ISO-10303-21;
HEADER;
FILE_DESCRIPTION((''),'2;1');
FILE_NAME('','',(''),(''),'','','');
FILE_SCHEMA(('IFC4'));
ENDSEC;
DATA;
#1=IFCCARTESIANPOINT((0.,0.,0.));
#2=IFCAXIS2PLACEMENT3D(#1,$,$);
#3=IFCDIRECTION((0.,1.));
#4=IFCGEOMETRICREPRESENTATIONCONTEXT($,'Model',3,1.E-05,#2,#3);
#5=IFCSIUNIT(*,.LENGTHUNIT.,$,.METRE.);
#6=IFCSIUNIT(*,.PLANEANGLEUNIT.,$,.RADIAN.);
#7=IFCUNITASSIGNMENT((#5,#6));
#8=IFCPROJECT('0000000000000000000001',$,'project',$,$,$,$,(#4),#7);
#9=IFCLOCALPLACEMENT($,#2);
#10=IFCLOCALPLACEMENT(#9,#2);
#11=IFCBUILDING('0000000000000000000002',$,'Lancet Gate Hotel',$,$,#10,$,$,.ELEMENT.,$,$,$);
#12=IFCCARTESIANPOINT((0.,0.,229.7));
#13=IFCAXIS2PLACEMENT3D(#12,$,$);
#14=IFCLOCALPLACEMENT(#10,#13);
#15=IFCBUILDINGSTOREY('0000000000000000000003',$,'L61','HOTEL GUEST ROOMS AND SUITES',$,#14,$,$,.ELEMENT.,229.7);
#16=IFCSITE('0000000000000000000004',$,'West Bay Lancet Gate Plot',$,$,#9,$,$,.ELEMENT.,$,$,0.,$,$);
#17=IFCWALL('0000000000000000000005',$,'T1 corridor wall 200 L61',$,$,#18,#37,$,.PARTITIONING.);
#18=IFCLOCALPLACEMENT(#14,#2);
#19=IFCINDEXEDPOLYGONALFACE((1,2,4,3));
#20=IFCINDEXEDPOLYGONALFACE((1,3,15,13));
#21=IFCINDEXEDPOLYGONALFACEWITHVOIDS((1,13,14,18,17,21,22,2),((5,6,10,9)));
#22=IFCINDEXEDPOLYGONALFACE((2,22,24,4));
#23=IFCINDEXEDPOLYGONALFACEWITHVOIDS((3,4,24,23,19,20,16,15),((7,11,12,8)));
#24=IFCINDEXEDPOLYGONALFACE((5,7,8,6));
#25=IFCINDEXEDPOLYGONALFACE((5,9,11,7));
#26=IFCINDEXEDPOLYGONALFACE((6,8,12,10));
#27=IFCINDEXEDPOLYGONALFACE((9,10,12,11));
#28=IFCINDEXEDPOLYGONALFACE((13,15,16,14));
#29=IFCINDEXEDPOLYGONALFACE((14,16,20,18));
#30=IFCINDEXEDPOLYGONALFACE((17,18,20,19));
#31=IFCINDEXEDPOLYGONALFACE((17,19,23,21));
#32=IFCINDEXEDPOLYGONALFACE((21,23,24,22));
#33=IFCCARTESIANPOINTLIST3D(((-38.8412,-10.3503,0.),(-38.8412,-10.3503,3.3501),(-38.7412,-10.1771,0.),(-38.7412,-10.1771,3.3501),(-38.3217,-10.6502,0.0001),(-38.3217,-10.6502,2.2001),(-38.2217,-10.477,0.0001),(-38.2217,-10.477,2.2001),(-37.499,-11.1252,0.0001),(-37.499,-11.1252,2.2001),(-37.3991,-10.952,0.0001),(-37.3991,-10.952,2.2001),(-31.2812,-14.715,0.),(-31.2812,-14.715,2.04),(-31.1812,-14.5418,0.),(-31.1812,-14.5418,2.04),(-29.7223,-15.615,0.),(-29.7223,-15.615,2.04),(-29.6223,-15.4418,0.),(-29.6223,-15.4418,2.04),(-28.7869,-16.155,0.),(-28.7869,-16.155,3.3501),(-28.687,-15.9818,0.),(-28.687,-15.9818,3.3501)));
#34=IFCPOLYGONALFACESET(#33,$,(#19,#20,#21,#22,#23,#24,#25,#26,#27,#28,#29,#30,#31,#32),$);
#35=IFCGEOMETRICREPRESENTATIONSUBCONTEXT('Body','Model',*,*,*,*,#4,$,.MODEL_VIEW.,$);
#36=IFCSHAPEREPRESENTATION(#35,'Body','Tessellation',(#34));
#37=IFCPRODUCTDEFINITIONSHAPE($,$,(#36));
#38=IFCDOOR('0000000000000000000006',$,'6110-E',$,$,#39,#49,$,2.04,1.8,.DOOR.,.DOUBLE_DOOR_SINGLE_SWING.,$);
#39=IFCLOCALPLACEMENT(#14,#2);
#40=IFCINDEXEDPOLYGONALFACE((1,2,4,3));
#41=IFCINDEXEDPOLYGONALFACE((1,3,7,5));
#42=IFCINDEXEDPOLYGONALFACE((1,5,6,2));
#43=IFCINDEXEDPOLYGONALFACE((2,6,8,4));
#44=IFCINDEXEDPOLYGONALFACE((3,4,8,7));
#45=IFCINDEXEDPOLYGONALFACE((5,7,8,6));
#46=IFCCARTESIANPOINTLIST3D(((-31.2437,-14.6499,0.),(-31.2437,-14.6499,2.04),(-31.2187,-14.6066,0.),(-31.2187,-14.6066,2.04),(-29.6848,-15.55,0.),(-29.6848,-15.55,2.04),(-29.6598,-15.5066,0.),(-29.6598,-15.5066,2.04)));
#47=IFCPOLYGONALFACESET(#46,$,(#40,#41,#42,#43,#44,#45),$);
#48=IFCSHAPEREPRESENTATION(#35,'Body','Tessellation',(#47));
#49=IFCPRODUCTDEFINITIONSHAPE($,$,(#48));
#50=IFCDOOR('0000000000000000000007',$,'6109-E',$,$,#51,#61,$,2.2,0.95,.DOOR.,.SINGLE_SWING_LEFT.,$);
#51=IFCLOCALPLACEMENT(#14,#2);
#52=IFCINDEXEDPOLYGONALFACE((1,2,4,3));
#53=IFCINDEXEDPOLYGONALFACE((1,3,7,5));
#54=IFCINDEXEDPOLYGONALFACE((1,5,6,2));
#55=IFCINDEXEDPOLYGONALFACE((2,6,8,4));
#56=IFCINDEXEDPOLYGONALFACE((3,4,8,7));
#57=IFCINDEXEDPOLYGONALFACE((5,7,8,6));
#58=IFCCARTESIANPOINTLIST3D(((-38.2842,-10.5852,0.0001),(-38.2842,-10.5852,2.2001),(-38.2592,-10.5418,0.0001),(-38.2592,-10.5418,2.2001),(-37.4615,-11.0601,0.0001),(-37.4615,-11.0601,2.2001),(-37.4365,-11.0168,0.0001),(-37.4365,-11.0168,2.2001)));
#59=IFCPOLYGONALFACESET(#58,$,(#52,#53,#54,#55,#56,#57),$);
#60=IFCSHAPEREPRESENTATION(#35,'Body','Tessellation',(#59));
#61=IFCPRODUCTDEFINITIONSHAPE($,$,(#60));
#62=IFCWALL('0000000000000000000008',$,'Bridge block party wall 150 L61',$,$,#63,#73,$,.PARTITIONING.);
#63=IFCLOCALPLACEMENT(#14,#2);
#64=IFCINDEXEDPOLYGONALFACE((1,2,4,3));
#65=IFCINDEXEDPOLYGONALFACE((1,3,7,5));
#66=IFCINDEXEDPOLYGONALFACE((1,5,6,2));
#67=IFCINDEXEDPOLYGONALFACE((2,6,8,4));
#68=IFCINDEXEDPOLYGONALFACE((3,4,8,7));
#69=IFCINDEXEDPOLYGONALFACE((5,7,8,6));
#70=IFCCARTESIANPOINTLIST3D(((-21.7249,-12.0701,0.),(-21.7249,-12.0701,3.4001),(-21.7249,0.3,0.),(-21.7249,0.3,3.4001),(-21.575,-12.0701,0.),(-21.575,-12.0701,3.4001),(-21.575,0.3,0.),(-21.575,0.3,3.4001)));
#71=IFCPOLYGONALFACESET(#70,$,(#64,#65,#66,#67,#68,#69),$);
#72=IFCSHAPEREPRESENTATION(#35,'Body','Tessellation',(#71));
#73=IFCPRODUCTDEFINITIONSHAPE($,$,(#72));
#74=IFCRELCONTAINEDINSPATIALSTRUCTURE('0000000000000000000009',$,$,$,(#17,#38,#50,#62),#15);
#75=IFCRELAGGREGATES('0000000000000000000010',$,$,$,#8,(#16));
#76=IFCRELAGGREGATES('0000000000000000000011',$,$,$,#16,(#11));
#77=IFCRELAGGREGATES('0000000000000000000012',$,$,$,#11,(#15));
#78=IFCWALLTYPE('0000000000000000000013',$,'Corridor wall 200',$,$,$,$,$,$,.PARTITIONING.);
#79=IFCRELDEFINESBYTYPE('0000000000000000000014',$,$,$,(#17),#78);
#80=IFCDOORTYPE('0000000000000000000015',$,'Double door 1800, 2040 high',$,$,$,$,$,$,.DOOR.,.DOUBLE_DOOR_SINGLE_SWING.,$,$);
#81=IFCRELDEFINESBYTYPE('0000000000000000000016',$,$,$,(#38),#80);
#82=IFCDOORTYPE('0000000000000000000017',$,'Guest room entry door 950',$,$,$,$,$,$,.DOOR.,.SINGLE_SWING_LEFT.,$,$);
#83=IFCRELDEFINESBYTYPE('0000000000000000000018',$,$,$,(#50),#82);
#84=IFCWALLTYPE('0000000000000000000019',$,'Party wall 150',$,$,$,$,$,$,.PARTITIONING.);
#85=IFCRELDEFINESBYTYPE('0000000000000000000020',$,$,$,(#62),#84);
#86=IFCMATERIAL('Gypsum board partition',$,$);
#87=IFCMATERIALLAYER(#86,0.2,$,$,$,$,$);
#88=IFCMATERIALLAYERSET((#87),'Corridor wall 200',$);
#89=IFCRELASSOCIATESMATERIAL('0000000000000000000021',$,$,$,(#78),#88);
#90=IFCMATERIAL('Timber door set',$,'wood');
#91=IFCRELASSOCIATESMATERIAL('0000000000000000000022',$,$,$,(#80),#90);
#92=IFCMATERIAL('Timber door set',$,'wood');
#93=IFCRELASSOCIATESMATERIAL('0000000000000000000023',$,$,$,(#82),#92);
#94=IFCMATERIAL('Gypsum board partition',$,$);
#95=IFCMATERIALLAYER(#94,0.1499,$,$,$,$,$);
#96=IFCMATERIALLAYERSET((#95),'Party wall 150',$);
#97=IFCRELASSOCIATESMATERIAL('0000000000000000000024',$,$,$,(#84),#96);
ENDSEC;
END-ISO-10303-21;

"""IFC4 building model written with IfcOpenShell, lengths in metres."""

from ifc_helpers import new_model, si_unit, direction, frame, frame_2d, origin, place, context, subcontext, project, spatial, rectangle, extrude, material, layer, layer_set, type_object, element, fill, save


model = new_model("IFC4")

# Units and contexts
model_context = context("Model", 3, precision=1e-05, world=origin(), true_north=direction((0.0, 1.0)))
body_context = subcontext(model_context, "Body", "Model", "MODEL_VIEW")
ifc_project = project(units=[si_unit("LENGTHUNIT", "METRE"), si_unit("PLANEANGLEUNIT", "RADIAN")], contexts=[model_context])

# Site, building, storey
site_placement = place(None, origin())
site = spatial("IfcSite", under=ifc_project, at=site_placement, Name="West Bay Lancet Gate Plot", CompositionType="ELEMENT", RefElevation=0.0)
building_placement = place(site_placement, origin())
building = spatial("IfcBuilding", under=site, at=building_placement, Name="Lancet Gate Hotel", CompositionType="ELEMENT")
storey_placement = place(building_placement, frame((0.0, 0.0, 229.7)))
storey = spatial("IfcBuildingStorey", under=building, at=storey_placement, Name="L61", Description="HOTEL GUEST ROOMS AND SUITES", CompositionType="ELEMENT", Elevation=229.7)

# Wall, openings, doors
ifc_material_1 = material(Name="Gypsum board partition")
ifc_layer_1 = layer(ifc_material_1, 0.2)
ifc_layer_set_1 = layer_set([ifc_layer_1], Name="Corridor wall 200")
wall_type_1 = type_object("IfcWallType", Name="Corridor wall 200", PredefinedType="PARTITIONING", material=ifc_layer_set_1)
wall_1_placement = place(storey_placement, frame((-28.7371, -16.0684, 0.0), z_axis=(0.0, 0.0, 1.0), x_axis=(-0.866029, 0.499993, 0.0)))
wall_1 = element("IfcWall", 1, at=wall_1_placement, inside=storey, type_object=wall_type_1, Name="T1 corridor wall 200 L61", PredefinedType="PARTITIONING", context=body_context, shape_type="SweptSolid", body=[
    extrude(rectangle(XDim=11.6096, YDim=0.2, at=frame_2d((5.8047, 0.0))), origin(), (0.0, 0.0, 1.0), 3.3501),
])
opening_1_placement = place(wall_1_placement, frame((1.0801, 0.0, 0.0)))
opening_1 = element("IfcOpeningElement", 2, at=opening_1_placement, cuts=wall_1, PredefinedType="OPENING", context=body_context, shape_type="SweptSolid", body=[
    extrude(rectangle(XDim=1.8, YDim=2.04, at=frame_2d((0.8999, 1.02))), frame((0.0, 0.1099, 0.0), z_axis=(0.0, -1.0, 0.0), x_axis=(1.0, 0.0, 0.0)), (0.0, 0.0, 1.0), 0.22),
])
opening_2_placement = place(wall_1_placement, frame((10.0596, 0.0, 0.0)))
opening_2 = element("IfcOpeningElement", 3, at=opening_2_placement, cuts=wall_1, PredefinedType="OPENING", context=body_context, shape_type="SweptSolid", body=[
    extrude(rectangle(XDim=0.95, YDim=2.2, at=frame_2d((0.4751, 1.1001))), frame((0.0, 0.1099, 0.0), z_axis=(0.0, -1.0, 0.0), x_axis=(1.0, 0.0, 0.0)), (0.0, 0.0, 1.0), 0.22),
])
ifc_material_2 = material(Name="Timber door set", Category="wood")
door_type_1 = type_object("IfcDoorType", Name="Double door 1800, 2040 high", OperationType="DOUBLE_DOOR_SINGLE_SWING", PredefinedType="DOOR", material=ifc_material_2)
door_1_placement = place(opening_1_placement, origin())
door_1 = element("IfcDoor", 4, at=door_1_placement, inside=storey, type_object=door_type_1, Name="6110-E", OperationType="DOUBLE_DOOR_SINGLE_SWING", OverallHeight=2.04, OverallWidth=1.8, PredefinedType="DOOR", context=body_context, shape_type="SweptSolid", body=[
    extrude(rectangle(XDim=1.8, YDim=2.04, at=frame_2d((0.8999, 1.02))), frame((0.0, 0.0249, 0.0), z_axis=(0.0, -1.0, 0.0), x_axis=(1.0, 0.0, 0.0)), (0.0, 0.0, 1.0), 0.05),
])
fill(opening_1, door_1)
ifc_material_3 = material(Name="Timber door set", Category="wood")
door_type_2 = type_object("IfcDoorType", Name="Guest room entry door 950", OperationType="SINGLE_SWING_LEFT", PredefinedType="DOOR", material=ifc_material_3)
door_2_placement = place(opening_2_placement, origin())
door_2 = element("IfcDoor", 5, at=door_2_placement, inside=storey, type_object=door_type_2, Name="6109-E", OperationType="SINGLE_SWING_LEFT", OverallHeight=2.2, OverallWidth=0.95, PredefinedType="DOOR", context=body_context, shape_type="SweptSolid", body=[
    extrude(rectangle(XDim=0.95, YDim=2.2, at=frame_2d((0.4751, 1.1001))), frame((0.0, 0.0249, 0.0), z_axis=(0.0, -1.0, 0.0), x_axis=(1.0, 0.0, 0.0)), (0.0, 0.0, 1.0), 0.05),
])
fill(opening_2, door_2)

# Wall
ifc_material_4 = material(Name="Gypsum board partition")
ifc_layer_2 = layer(ifc_material_4, 0.1499)
ifc_layer_set_2 = layer_set([ifc_layer_2], Name="Party wall 150")
wall_type_2 = type_object("IfcWallType", Name="Party wall 150", PredefinedType="PARTITIONING", material=ifc_layer_set_2)
wall_2_placement = place(storey_placement, frame((-21.6499, -12.0701, 0.0), z_axis=(0.0, 0.0, 1.0), x_axis=(0.0, 1.0, 0.0)))
element("IfcWall", 6, at=wall_2_placement, inside=storey, type_object=wall_type_2, Name="Bridge block party wall 150 L61", PredefinedType="PARTITIONING", context=body_context, shape_type="SweptSolid", body=[
    extrude(rectangle(XDim=12.3701, YDim=0.1499, at=frame_2d((6.1851, 0.0))), origin(), (0.0, 0.0, 1.0), 3.4001),
])

save(model, "model.ifc")
